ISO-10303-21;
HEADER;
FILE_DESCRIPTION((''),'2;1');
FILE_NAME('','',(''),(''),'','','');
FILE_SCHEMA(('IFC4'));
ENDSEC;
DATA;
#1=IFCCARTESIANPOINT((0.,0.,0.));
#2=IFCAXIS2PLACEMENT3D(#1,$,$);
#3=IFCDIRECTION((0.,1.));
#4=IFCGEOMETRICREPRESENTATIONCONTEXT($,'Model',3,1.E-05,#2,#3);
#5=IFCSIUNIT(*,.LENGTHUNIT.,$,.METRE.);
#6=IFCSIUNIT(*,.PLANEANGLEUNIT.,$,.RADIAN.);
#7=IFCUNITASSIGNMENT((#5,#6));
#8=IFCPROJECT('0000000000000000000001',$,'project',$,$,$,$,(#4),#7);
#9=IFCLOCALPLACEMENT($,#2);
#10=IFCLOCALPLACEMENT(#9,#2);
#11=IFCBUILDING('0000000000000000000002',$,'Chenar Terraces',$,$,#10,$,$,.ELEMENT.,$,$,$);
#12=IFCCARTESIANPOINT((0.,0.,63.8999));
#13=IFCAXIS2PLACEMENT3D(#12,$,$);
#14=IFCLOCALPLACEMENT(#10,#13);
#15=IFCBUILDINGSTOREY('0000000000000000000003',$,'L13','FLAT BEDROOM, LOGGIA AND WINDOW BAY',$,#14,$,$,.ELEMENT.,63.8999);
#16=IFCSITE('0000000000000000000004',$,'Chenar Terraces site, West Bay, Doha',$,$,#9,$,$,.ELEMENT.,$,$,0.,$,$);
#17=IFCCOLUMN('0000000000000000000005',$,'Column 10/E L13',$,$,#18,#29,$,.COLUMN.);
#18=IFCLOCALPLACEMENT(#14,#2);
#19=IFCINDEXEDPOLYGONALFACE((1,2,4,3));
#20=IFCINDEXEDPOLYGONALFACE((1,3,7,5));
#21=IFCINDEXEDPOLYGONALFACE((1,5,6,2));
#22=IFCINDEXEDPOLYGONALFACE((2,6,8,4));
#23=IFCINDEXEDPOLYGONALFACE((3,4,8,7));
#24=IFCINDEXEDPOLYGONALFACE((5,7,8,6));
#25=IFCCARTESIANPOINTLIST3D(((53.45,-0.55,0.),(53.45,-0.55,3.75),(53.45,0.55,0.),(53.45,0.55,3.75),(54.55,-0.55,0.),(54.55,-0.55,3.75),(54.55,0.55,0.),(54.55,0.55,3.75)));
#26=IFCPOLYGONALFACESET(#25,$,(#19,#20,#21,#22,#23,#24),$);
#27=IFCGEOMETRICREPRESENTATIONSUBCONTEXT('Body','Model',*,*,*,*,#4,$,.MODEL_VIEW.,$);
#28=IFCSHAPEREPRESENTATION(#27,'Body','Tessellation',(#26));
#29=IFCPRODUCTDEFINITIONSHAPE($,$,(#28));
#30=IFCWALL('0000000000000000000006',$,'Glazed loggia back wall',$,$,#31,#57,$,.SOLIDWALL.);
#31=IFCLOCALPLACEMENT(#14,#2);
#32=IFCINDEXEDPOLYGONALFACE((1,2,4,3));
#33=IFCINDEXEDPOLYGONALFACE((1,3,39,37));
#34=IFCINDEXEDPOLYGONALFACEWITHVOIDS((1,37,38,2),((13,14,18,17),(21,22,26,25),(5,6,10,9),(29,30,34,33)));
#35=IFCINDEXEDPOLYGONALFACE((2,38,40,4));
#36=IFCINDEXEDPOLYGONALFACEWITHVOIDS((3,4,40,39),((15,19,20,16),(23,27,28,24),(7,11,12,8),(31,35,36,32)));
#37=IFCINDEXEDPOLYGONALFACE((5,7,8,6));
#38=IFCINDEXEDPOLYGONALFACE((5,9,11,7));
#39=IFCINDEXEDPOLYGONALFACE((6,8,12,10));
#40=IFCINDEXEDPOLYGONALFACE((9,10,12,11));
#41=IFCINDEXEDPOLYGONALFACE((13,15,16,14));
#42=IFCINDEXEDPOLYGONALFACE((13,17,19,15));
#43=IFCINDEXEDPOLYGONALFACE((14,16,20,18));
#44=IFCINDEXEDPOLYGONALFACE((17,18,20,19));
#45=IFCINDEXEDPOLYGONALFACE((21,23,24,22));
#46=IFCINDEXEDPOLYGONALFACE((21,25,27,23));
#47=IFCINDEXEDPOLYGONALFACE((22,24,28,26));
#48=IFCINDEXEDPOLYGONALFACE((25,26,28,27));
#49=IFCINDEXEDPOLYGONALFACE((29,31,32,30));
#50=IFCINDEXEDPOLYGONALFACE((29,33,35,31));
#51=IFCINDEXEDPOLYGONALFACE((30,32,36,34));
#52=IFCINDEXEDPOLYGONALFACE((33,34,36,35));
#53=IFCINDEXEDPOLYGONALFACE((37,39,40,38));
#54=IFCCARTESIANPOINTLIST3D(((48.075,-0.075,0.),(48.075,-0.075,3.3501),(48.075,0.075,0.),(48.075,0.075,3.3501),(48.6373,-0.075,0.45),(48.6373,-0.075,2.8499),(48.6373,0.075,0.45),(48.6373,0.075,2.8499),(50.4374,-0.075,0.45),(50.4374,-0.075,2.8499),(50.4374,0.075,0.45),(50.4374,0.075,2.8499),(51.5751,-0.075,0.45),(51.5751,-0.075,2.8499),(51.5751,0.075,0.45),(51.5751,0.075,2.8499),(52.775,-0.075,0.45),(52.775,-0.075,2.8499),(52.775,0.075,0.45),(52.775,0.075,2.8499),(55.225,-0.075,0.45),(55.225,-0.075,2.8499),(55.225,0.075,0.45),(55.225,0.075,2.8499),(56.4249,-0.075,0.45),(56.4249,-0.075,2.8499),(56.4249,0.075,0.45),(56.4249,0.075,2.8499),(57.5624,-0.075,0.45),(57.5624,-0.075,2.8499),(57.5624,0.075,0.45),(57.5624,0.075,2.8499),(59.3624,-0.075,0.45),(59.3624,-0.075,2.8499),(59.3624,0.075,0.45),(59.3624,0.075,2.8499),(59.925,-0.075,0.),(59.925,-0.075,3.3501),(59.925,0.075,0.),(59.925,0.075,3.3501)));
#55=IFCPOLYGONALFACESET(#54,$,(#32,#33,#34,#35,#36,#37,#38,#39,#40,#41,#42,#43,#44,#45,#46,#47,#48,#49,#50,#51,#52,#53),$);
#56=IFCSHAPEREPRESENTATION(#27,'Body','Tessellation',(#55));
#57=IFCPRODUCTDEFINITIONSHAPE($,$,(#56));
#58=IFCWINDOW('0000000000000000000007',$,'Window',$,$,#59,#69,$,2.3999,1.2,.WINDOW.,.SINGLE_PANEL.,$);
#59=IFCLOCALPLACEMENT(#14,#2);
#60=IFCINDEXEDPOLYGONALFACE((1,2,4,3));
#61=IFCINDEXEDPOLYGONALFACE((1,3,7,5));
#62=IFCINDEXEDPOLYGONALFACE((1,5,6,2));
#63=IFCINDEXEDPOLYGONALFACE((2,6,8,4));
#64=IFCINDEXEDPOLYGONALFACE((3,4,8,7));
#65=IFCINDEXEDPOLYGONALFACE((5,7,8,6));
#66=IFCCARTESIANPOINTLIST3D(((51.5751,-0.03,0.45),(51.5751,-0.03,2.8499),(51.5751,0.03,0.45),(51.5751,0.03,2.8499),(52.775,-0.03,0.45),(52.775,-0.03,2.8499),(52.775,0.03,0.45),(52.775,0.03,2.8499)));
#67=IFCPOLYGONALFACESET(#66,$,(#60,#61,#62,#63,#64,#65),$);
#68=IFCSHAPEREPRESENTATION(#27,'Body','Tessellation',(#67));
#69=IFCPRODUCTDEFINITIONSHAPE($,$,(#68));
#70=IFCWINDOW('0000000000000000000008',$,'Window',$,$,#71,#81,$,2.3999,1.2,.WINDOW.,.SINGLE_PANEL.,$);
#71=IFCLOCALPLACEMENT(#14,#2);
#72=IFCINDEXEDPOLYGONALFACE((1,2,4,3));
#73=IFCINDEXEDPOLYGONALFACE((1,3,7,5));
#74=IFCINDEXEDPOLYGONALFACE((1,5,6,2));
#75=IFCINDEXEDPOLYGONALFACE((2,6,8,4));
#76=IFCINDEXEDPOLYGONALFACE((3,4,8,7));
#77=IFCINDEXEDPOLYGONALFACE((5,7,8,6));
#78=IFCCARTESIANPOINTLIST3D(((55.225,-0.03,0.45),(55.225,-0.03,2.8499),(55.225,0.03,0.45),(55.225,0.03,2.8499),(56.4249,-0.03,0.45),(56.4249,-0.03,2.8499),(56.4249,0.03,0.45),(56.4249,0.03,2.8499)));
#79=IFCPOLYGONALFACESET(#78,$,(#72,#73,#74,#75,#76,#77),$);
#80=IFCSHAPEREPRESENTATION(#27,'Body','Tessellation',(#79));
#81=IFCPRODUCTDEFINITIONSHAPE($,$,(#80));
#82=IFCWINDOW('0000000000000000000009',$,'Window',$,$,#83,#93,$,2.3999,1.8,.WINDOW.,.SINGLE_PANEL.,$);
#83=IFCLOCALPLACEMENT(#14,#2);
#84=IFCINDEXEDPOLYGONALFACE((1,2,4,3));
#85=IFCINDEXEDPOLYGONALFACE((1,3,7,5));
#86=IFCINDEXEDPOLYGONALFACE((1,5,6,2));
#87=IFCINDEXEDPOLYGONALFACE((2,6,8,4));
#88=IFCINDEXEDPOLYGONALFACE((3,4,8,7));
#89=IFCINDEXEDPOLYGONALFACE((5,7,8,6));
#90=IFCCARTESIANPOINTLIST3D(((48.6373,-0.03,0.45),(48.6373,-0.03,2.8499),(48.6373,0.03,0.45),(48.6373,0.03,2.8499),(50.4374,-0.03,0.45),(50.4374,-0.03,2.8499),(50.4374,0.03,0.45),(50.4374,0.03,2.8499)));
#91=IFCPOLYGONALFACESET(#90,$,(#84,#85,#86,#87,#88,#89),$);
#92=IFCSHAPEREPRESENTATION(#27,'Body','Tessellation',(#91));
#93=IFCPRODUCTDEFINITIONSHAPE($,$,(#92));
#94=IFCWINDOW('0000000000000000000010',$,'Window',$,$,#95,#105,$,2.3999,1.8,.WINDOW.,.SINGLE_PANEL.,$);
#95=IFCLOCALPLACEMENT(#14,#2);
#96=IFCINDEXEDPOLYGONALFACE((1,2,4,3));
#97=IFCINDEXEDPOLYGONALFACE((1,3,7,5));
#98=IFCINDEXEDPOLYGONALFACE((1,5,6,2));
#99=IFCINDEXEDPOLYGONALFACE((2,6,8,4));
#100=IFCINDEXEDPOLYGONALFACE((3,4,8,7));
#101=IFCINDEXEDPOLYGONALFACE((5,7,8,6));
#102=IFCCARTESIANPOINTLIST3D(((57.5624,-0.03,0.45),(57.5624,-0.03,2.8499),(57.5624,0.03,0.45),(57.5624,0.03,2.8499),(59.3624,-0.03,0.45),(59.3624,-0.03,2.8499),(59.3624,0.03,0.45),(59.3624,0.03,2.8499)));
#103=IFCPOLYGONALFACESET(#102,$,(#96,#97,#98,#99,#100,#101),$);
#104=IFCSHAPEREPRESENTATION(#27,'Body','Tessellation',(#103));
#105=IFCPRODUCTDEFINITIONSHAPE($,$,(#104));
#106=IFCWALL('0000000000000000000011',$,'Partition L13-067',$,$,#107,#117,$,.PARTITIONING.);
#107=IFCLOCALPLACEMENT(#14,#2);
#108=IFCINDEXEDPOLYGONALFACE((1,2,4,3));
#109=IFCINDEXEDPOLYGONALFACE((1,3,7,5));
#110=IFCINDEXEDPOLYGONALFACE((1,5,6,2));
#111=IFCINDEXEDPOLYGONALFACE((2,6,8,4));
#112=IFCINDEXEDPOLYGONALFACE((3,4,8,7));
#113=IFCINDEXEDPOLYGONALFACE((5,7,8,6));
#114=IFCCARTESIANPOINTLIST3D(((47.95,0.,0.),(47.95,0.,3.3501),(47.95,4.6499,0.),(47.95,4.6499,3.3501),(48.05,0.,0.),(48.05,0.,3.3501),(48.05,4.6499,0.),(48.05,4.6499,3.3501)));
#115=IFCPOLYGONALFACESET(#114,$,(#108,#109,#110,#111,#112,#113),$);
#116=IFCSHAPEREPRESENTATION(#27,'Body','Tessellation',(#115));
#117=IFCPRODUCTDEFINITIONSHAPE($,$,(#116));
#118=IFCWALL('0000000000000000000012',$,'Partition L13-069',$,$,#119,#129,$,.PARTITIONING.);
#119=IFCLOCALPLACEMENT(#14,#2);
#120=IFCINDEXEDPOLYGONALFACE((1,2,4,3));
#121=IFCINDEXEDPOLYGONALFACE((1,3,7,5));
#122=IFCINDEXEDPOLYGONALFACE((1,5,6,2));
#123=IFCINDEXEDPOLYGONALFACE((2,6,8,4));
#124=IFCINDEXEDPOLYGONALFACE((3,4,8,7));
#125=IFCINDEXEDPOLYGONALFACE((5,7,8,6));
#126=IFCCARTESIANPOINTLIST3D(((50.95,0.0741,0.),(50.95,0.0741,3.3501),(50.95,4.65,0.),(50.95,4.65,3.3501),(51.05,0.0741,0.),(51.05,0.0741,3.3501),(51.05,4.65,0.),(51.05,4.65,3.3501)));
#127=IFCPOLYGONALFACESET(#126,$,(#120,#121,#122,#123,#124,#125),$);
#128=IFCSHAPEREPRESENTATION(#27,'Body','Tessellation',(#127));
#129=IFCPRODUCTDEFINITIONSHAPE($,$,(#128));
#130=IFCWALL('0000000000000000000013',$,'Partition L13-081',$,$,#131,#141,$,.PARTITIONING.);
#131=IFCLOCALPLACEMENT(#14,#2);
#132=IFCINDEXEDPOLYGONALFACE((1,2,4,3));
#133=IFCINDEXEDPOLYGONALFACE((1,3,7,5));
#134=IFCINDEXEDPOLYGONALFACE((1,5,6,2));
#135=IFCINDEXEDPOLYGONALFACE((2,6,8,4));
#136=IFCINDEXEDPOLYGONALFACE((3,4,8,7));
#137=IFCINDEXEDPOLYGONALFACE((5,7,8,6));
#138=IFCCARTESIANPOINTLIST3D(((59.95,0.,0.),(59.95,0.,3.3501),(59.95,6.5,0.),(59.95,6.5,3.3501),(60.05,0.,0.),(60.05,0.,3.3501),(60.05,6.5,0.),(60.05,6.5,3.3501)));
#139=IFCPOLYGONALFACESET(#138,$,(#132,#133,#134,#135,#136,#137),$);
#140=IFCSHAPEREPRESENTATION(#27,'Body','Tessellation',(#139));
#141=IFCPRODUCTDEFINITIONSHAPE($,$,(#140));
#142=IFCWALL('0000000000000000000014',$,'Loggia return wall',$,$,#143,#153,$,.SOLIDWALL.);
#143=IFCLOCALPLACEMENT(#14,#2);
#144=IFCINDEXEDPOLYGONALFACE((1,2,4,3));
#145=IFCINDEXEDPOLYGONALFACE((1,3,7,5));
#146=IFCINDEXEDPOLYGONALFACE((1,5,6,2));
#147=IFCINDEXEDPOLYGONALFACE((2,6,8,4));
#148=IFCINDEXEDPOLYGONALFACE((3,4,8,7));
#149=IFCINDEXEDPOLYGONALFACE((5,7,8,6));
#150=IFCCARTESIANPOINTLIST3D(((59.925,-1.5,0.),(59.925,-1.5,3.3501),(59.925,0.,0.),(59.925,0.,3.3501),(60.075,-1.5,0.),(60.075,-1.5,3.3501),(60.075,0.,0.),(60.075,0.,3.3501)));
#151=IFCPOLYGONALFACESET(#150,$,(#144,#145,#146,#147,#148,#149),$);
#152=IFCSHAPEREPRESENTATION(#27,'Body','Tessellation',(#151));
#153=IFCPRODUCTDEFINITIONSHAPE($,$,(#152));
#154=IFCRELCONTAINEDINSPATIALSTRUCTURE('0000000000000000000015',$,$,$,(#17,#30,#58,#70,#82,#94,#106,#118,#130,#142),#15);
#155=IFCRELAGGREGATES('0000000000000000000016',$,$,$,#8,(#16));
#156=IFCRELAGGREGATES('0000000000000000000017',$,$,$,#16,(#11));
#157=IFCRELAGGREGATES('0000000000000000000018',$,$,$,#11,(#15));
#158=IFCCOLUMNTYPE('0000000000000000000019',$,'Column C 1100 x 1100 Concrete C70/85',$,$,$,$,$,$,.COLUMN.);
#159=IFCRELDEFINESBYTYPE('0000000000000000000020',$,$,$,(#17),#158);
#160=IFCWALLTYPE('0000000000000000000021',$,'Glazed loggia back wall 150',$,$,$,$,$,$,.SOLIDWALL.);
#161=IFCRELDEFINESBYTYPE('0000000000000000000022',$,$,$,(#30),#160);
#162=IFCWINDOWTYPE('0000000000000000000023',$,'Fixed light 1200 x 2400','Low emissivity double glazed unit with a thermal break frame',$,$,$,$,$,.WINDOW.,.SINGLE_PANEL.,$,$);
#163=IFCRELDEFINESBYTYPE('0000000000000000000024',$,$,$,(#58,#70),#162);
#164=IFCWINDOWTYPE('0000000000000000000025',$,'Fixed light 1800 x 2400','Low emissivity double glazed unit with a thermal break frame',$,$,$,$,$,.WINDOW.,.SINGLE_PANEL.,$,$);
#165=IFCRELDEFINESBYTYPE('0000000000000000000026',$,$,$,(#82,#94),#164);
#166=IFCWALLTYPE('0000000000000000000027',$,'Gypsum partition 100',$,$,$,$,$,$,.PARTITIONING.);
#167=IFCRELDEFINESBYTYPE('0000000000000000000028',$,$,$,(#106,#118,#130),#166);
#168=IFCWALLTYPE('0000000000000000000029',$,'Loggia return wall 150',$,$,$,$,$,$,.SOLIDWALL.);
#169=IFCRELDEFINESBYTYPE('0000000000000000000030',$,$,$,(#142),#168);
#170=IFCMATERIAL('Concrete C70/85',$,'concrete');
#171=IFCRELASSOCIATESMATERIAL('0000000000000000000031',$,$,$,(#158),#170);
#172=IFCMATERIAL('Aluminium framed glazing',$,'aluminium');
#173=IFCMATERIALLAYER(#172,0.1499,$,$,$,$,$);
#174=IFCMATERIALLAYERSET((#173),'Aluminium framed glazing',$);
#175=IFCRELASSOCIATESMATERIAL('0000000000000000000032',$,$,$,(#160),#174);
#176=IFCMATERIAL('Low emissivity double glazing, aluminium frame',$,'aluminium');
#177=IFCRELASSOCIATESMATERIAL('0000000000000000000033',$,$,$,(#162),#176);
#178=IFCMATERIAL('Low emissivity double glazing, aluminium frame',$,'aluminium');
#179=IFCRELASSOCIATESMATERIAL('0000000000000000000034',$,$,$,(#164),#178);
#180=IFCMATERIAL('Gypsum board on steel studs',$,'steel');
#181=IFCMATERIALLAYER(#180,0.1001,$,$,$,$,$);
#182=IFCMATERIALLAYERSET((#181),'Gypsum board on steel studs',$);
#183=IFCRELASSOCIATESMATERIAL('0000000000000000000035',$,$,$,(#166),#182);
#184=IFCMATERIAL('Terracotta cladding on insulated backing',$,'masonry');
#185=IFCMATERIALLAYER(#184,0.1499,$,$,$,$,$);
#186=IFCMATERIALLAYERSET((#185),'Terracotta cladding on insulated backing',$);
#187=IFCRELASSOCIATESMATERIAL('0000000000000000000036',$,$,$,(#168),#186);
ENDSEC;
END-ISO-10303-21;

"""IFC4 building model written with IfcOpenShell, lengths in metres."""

from ifc_helpers import new_model, si_unit, direction, frame, frame_2d, origin, origin_2d, place, context, subcontext, project, spatial, rectangle, extrude, material, layer, layer_set, material_profile, profile_set, type_object, element, fill, save


model = new_model("IFC4")

# Units and contexts
model_context = context("Model", 3, precision=1e-05, world=origin(), true_north=direction((0.0, 1.0)))
body_context = subcontext(model_context, "Body", "Model", "MODEL_VIEW")
ifc_project = project(units=[si_unit("LENGTHUNIT", "METRE"), si_unit("PLANEANGLEUNIT", "RADIAN")], contexts=[model_context])

# Site, building, storey
site_placement = place(None, origin())
site = spatial("IfcSite", under=ifc_project, at=site_placement, Name="Chenar Terraces site, West Bay, Doha", CompositionType="ELEMENT", RefElevation=0.0)
building_placement = place(site_placement, origin())
building = spatial("IfcBuilding", under=site, at=building_placement, Name="Chenar Terraces", CompositionType="ELEMENT")
storey_placement = place(building_placement, frame((0.0, 0.0, 63.8999)))
storey = spatial("IfcBuildingStorey", under=building, at=storey_placement, Name="L13", Description="FLAT BEDROOM, LOGGIA AND WINDOW BAY", CompositionType="ELEMENT", Elevation=63.8999)

# Column
ifc_material_1 = material(Name="Concrete C70/85", Category="concrete")
ifc_material_profile_1 = material_profile(ifc_material_1, rectangle(XDim=1.1001, YDim=1.1001, at=origin_2d()), Name="C 1100 x 1100")
ifc_profile_set_1 = profile_set([ifc_material_profile_1], Name="Concrete C70/85")
column_type = type_object("IfcColumnType", Name="Column C 1100 x 1100 Concrete C70/85", PredefinedType="COLUMN", material=ifc_profile_set_1)
column_placement = place(storey_placement, frame((54.0, 0.0, 0.0), z_axis=(0.0, 0.0, 1.0), x_axis=(1.0, 0.0, 0.0)))
element("IfcColumn", 1, at=column_placement, inside=storey, type_object=column_type, Name="Column 10/E L13", PredefinedType="COLUMN", context=body_context, shape_type="SweptSolid", body=[
    extrude(rectangle(XDim=1.1001, YDim=1.1001, at=origin_2d()), origin(), (0.0, 0.0, 1.0), 3.75),
])

# Wall, openings, windows
ifc_material_2 = material(Name="Aluminium framed glazing", Category="aluminium")
ifc_layer_1 = layer(ifc_material_2, 0.1499)
ifc_layer_set_1 = layer_set([ifc_layer_1], Name="Aluminium framed glazing")
wall_type_1 = type_object("IfcWallType", Name="Glazed loggia back wall 150", PredefinedType="SOLIDWALL", material=ifc_layer_set_1)
wall_1_placement = place(storey_placement, frame((48.075, 0.0, 0.0), z_axis=(0.0, 0.0, 1.0), x_axis=(1.0, 0.0, 0.0)))
wall_1 = element("IfcWall", 2, at=wall_1_placement, inside=storey, type_object=wall_type_1, Name="Glazed loggia back wall", PredefinedType="SOLIDWALL", context=body_context, shape_type="SweptSolid", body=[
    extrude(rectangle(XDim=11.8501, YDim=0.1499, at=frame_2d((5.925, 0.0))), origin(), (0.0, 0.0, 1.0), 3.3501),
])
opening_1_placement = place(wall_1_placement, frame((0.5625, 0.0, 0.45)))
opening_1 = element("IfcOpeningElement", 3, at=opening_1_placement, cuts=wall_1, PredefinedType="OPENING", context=body_context, shape_type="SweptSolid", body=[
    extrude(rectangle(XDim=1.8, YDim=2.3999, at=frame_2d((0.8999, 1.2))), frame((0.0, 0.085, 0.0), z_axis=(0.0, -1.0, 0.0), x_axis=(1.0, 0.0, 0.0)), (0.0, 0.0, 1.0), 0.1699),
])
opening_2_placement = place(wall_1_placement, frame((3.5, 0.0, 0.45)))
opening_2 = element("IfcOpeningElement", 4, at=opening_2_placement, cuts=wall_1, PredefinedType="OPENING", context=body_context, shape_type="SweptSolid", body=[
    extrude(rectangle(XDim=1.2, YDim=2.3999, at=frame_2d((0.6001, 1.2))), frame((0.0, 0.085, 0.0), z_axis=(0.0, -1.0, 0.0), x_axis=(1.0, 0.0, 0.0)), (0.0, 0.0, 1.0), 0.1699),
])
opening_3_placement = place(wall_1_placement, frame((7.1499, 0.0, 0.45)))
opening_3 = element("IfcOpeningElement", 5, at=opening_3_placement, cuts=wall_1, PredefinedType="OPENING", context=body_context, shape_type="SweptSolid", body=[
    extrude(rectangle(XDim=1.2, YDim=2.3999, at=frame_2d((0.6001, 1.2))), frame((0.0, 0.085, 0.0), z_axis=(0.0, -1.0, 0.0), x_axis=(1.0, 0.0, 0.0)), (0.0, 0.0, 1.0), 0.1699),
])
opening_4_placement = place(wall_1_placement, frame((9.4875, 0.0, 0.45)))
opening_4 = element("IfcOpeningElement", 6, at=opening_4_placement, cuts=wall_1, PredefinedType="OPENING", context=body_context, shape_type="SweptSolid", body=[
    extrude(rectangle(XDim=1.8, YDim=2.3999, at=frame_2d((0.8999, 1.2))), frame((0.0, 0.085, 0.0), z_axis=(0.0, -1.0, 0.0), x_axis=(1.0, 0.0, 0.0)), (0.0, 0.0, 1.0), 0.1699),
])
ifc_material_3 = material(Name="Low emissivity double glazing, aluminium frame", Category="aluminium")
window_type_1 = type_object("IfcWindowType", Name="Fixed light 1200 x 2400", Description="Low emissivity double glazed unit with a thermal break frame", PartitioningType="SINGLE_PANEL", PredefinedType="WINDOW", material=ifc_material_3)
window_1_placement = place(opening_2_placement, origin())
window_1 = element("IfcWindow", 7, at=window_1_placement, inside=storey, type_object=window_type_1, Name="Window", OverallHeight=2.3999, OverallWidth=1.2, PartitioningType="SINGLE_PANEL", PredefinedType="WINDOW", context=body_context, shape_type="SweptSolid", body=[
    extrude(rectangle(XDim=1.2, YDim=2.3999, at=frame_2d((0.6001, 1.2))), frame((0.0, 0.03, 0.0), z_axis=(0.0, -1.0, 0.0), x_axis=(1.0, 0.0, 0.0)), (0.0, 0.0, 1.0), 0.0601),
])
fill(opening_2, window_1)
window_2_placement = place(opening_3_placement, origin())
window_2 = element("IfcWindow", 8, at=window_2_placement, inside=storey, type_object=window_type_1, Name="Window", OverallHeight=2.3999, OverallWidth=1.2, PartitioningType="SINGLE_PANEL", PredefinedType="WINDOW", context=body_context, shape_type="SweptSolid", body=[
    extrude(rectangle(XDim=1.2, YDim=2.3999, at=frame_2d((0.6001, 1.2))), frame((0.0, 0.03, 0.0), z_axis=(0.0, -1.0, 0.0), x_axis=(1.0, 0.0, 0.0)), (0.0, 0.0, 1.0), 0.0601),
])
fill(opening_3, window_2)
ifc_material_4 = material(Name="Low emissivity double glazing, aluminium frame", Category="aluminium")
window_type_2 = type_object("IfcWindowType", Name="Fixed light 1800 x 2400", Description="Low emissivity double glazed unit with a thermal break frame", PartitioningType="SINGLE_PANEL", PredefinedType="WINDOW", material=ifc_material_4)
window_3_placement = place(opening_1_placement, origin())
window_3 = element("IfcWindow", 9, at=window_3_placement, inside=storey, type_object=window_type_2, Name="Window", OverallHeight=2.3999, OverallWidth=1.8, PartitioningType="SINGLE_PANEL", PredefinedType="WINDOW", context=body_context, shape_type="SweptSolid", body=[
    extrude(rectangle(XDim=1.8, YDim=2.3999, at=frame_2d((0.8999, 1.2))), frame((0.0, 0.03, 0.0), z_axis=(0.0, -1.0, 0.0), x_axis=(1.0, 0.0, 0.0)), (0.0, 0.0, 1.0), 0.0601),
])
fill(opening_1, window_3)
window_4_placement = place(opening_4_placement, origin())
window_4 = element("IfcWindow", 10, at=window_4_placement, inside=storey, type_object=window_type_2, Name="Window", OverallHeight=2.3999, OverallWidth=1.8, PartitioningType="SINGLE_PANEL", PredefinedType="WINDOW", context=body_context, shape_type="SweptSolid", body=[
    extrude(rectangle(XDim=1.8, YDim=2.3999, at=frame_2d((0.8999, 1.2))), frame((0.0, 0.03, 0.0), z_axis=(0.0, -1.0, 0.0), x_axis=(1.0, 0.0, 0.0)), (0.0, 0.0, 1.0), 0.0601),
])
fill(opening_4, window_4)

# Walls
ifc_material_5 = material(Name="Gypsum board on steel studs", Category="steel")
ifc_layer_2 = layer(ifc_material_5, 0.1001)
ifc_layer_set_2 = layer_set([ifc_layer_2], Name="Gypsum board on steel studs")
wall_type_2 = type_object("IfcWallType", Name="Gypsum partition 100", PredefinedType="PARTITIONING", material=ifc_layer_set_2)
wall_2_placement = place(storey_placement, frame((48.0, 0.0, 0.0), z_axis=(0.0, 0.0, 1.0), x_axis=(0.0, 1.0, 0.0)))
element("IfcWall", 11, at=wall_2_placement, inside=storey, type_object=wall_type_2, Name="Partition L13-067", PredefinedType="PARTITIONING", context=body_context, shape_type="SweptSolid", body=[
    extrude(rectangle(XDim=4.6499, YDim=0.1001, at=frame_2d((2.325, 0.0))), origin(), (0.0, 0.0, 1.0), 3.3501),
])
wall_3_placement = place(storey_placement, frame((51.0, 0.074, 0.0), z_axis=(0.0, 0.0, 1.0), x_axis=(0.0, 1.0, 0.0)))
element("IfcWall", 12, at=wall_3_placement, inside=storey, type_object=wall_type_2, Name="Partition L13-069", PredefinedType="PARTITIONING", context=body_context, shape_type="SweptSolid", body=[
    extrude(rectangle(XDim=4.5759, YDim=0.1001, at=frame_2d((2.2881, 0.0))), origin(), (0.0, 0.0, 1.0), 3.3501),
])
wall_4_placement = place(storey_placement, frame((60.0, 0.0, 0.0), z_axis=(0.0, 0.0, 1.0), x_axis=(0.0, 1.0, 0.0)))
element("IfcWall", 13, at=wall_4_placement, inside=storey, type_object=wall_type_2, Name="Partition L13-081", PredefinedType="PARTITIONING", context=body_context, shape_type="SweptSolid", body=[
    extrude(rectangle(XDim=6.5, YDim=0.1001, at=frame_2d((3.25, 0.0))), origin(), (0.0, 0.0, 1.0), 3.3501),
])
ifc_material_6 = material(Name="Terracotta cladding on insulated backing", Category="masonry")
ifc_layer_3 = layer(ifc_material_6, 0.1499)
ifc_layer_set_3 = layer_set([ifc_layer_3], Name="Terracotta cladding on insulated backing")
wall_type_3 = type_object("IfcWallType", Name="Loggia return wall 150", PredefinedType="SOLIDWALL", material=ifc_layer_set_3)
wall_5_placement = place(storey_placement, frame((60.0, -1.5, 0.0), z_axis=(0.0, 0.0, 1.0), x_axis=(0.0, 1.0, 0.0)))
element("IfcWall", 14, at=wall_5_placement, inside=storey, type_object=wall_type_3, Name="Loggia return wall", PredefinedType="SOLIDWALL", context=body_context, shape_type="SweptSolid", body=[
    extrude(rectangle(XDim=1.5, YDim=0.1499, at=frame_2d((0.75, 0.0))), origin(), (0.0, 0.0, 1.0), 3.3501),
])

save(model, "model.ifc")
